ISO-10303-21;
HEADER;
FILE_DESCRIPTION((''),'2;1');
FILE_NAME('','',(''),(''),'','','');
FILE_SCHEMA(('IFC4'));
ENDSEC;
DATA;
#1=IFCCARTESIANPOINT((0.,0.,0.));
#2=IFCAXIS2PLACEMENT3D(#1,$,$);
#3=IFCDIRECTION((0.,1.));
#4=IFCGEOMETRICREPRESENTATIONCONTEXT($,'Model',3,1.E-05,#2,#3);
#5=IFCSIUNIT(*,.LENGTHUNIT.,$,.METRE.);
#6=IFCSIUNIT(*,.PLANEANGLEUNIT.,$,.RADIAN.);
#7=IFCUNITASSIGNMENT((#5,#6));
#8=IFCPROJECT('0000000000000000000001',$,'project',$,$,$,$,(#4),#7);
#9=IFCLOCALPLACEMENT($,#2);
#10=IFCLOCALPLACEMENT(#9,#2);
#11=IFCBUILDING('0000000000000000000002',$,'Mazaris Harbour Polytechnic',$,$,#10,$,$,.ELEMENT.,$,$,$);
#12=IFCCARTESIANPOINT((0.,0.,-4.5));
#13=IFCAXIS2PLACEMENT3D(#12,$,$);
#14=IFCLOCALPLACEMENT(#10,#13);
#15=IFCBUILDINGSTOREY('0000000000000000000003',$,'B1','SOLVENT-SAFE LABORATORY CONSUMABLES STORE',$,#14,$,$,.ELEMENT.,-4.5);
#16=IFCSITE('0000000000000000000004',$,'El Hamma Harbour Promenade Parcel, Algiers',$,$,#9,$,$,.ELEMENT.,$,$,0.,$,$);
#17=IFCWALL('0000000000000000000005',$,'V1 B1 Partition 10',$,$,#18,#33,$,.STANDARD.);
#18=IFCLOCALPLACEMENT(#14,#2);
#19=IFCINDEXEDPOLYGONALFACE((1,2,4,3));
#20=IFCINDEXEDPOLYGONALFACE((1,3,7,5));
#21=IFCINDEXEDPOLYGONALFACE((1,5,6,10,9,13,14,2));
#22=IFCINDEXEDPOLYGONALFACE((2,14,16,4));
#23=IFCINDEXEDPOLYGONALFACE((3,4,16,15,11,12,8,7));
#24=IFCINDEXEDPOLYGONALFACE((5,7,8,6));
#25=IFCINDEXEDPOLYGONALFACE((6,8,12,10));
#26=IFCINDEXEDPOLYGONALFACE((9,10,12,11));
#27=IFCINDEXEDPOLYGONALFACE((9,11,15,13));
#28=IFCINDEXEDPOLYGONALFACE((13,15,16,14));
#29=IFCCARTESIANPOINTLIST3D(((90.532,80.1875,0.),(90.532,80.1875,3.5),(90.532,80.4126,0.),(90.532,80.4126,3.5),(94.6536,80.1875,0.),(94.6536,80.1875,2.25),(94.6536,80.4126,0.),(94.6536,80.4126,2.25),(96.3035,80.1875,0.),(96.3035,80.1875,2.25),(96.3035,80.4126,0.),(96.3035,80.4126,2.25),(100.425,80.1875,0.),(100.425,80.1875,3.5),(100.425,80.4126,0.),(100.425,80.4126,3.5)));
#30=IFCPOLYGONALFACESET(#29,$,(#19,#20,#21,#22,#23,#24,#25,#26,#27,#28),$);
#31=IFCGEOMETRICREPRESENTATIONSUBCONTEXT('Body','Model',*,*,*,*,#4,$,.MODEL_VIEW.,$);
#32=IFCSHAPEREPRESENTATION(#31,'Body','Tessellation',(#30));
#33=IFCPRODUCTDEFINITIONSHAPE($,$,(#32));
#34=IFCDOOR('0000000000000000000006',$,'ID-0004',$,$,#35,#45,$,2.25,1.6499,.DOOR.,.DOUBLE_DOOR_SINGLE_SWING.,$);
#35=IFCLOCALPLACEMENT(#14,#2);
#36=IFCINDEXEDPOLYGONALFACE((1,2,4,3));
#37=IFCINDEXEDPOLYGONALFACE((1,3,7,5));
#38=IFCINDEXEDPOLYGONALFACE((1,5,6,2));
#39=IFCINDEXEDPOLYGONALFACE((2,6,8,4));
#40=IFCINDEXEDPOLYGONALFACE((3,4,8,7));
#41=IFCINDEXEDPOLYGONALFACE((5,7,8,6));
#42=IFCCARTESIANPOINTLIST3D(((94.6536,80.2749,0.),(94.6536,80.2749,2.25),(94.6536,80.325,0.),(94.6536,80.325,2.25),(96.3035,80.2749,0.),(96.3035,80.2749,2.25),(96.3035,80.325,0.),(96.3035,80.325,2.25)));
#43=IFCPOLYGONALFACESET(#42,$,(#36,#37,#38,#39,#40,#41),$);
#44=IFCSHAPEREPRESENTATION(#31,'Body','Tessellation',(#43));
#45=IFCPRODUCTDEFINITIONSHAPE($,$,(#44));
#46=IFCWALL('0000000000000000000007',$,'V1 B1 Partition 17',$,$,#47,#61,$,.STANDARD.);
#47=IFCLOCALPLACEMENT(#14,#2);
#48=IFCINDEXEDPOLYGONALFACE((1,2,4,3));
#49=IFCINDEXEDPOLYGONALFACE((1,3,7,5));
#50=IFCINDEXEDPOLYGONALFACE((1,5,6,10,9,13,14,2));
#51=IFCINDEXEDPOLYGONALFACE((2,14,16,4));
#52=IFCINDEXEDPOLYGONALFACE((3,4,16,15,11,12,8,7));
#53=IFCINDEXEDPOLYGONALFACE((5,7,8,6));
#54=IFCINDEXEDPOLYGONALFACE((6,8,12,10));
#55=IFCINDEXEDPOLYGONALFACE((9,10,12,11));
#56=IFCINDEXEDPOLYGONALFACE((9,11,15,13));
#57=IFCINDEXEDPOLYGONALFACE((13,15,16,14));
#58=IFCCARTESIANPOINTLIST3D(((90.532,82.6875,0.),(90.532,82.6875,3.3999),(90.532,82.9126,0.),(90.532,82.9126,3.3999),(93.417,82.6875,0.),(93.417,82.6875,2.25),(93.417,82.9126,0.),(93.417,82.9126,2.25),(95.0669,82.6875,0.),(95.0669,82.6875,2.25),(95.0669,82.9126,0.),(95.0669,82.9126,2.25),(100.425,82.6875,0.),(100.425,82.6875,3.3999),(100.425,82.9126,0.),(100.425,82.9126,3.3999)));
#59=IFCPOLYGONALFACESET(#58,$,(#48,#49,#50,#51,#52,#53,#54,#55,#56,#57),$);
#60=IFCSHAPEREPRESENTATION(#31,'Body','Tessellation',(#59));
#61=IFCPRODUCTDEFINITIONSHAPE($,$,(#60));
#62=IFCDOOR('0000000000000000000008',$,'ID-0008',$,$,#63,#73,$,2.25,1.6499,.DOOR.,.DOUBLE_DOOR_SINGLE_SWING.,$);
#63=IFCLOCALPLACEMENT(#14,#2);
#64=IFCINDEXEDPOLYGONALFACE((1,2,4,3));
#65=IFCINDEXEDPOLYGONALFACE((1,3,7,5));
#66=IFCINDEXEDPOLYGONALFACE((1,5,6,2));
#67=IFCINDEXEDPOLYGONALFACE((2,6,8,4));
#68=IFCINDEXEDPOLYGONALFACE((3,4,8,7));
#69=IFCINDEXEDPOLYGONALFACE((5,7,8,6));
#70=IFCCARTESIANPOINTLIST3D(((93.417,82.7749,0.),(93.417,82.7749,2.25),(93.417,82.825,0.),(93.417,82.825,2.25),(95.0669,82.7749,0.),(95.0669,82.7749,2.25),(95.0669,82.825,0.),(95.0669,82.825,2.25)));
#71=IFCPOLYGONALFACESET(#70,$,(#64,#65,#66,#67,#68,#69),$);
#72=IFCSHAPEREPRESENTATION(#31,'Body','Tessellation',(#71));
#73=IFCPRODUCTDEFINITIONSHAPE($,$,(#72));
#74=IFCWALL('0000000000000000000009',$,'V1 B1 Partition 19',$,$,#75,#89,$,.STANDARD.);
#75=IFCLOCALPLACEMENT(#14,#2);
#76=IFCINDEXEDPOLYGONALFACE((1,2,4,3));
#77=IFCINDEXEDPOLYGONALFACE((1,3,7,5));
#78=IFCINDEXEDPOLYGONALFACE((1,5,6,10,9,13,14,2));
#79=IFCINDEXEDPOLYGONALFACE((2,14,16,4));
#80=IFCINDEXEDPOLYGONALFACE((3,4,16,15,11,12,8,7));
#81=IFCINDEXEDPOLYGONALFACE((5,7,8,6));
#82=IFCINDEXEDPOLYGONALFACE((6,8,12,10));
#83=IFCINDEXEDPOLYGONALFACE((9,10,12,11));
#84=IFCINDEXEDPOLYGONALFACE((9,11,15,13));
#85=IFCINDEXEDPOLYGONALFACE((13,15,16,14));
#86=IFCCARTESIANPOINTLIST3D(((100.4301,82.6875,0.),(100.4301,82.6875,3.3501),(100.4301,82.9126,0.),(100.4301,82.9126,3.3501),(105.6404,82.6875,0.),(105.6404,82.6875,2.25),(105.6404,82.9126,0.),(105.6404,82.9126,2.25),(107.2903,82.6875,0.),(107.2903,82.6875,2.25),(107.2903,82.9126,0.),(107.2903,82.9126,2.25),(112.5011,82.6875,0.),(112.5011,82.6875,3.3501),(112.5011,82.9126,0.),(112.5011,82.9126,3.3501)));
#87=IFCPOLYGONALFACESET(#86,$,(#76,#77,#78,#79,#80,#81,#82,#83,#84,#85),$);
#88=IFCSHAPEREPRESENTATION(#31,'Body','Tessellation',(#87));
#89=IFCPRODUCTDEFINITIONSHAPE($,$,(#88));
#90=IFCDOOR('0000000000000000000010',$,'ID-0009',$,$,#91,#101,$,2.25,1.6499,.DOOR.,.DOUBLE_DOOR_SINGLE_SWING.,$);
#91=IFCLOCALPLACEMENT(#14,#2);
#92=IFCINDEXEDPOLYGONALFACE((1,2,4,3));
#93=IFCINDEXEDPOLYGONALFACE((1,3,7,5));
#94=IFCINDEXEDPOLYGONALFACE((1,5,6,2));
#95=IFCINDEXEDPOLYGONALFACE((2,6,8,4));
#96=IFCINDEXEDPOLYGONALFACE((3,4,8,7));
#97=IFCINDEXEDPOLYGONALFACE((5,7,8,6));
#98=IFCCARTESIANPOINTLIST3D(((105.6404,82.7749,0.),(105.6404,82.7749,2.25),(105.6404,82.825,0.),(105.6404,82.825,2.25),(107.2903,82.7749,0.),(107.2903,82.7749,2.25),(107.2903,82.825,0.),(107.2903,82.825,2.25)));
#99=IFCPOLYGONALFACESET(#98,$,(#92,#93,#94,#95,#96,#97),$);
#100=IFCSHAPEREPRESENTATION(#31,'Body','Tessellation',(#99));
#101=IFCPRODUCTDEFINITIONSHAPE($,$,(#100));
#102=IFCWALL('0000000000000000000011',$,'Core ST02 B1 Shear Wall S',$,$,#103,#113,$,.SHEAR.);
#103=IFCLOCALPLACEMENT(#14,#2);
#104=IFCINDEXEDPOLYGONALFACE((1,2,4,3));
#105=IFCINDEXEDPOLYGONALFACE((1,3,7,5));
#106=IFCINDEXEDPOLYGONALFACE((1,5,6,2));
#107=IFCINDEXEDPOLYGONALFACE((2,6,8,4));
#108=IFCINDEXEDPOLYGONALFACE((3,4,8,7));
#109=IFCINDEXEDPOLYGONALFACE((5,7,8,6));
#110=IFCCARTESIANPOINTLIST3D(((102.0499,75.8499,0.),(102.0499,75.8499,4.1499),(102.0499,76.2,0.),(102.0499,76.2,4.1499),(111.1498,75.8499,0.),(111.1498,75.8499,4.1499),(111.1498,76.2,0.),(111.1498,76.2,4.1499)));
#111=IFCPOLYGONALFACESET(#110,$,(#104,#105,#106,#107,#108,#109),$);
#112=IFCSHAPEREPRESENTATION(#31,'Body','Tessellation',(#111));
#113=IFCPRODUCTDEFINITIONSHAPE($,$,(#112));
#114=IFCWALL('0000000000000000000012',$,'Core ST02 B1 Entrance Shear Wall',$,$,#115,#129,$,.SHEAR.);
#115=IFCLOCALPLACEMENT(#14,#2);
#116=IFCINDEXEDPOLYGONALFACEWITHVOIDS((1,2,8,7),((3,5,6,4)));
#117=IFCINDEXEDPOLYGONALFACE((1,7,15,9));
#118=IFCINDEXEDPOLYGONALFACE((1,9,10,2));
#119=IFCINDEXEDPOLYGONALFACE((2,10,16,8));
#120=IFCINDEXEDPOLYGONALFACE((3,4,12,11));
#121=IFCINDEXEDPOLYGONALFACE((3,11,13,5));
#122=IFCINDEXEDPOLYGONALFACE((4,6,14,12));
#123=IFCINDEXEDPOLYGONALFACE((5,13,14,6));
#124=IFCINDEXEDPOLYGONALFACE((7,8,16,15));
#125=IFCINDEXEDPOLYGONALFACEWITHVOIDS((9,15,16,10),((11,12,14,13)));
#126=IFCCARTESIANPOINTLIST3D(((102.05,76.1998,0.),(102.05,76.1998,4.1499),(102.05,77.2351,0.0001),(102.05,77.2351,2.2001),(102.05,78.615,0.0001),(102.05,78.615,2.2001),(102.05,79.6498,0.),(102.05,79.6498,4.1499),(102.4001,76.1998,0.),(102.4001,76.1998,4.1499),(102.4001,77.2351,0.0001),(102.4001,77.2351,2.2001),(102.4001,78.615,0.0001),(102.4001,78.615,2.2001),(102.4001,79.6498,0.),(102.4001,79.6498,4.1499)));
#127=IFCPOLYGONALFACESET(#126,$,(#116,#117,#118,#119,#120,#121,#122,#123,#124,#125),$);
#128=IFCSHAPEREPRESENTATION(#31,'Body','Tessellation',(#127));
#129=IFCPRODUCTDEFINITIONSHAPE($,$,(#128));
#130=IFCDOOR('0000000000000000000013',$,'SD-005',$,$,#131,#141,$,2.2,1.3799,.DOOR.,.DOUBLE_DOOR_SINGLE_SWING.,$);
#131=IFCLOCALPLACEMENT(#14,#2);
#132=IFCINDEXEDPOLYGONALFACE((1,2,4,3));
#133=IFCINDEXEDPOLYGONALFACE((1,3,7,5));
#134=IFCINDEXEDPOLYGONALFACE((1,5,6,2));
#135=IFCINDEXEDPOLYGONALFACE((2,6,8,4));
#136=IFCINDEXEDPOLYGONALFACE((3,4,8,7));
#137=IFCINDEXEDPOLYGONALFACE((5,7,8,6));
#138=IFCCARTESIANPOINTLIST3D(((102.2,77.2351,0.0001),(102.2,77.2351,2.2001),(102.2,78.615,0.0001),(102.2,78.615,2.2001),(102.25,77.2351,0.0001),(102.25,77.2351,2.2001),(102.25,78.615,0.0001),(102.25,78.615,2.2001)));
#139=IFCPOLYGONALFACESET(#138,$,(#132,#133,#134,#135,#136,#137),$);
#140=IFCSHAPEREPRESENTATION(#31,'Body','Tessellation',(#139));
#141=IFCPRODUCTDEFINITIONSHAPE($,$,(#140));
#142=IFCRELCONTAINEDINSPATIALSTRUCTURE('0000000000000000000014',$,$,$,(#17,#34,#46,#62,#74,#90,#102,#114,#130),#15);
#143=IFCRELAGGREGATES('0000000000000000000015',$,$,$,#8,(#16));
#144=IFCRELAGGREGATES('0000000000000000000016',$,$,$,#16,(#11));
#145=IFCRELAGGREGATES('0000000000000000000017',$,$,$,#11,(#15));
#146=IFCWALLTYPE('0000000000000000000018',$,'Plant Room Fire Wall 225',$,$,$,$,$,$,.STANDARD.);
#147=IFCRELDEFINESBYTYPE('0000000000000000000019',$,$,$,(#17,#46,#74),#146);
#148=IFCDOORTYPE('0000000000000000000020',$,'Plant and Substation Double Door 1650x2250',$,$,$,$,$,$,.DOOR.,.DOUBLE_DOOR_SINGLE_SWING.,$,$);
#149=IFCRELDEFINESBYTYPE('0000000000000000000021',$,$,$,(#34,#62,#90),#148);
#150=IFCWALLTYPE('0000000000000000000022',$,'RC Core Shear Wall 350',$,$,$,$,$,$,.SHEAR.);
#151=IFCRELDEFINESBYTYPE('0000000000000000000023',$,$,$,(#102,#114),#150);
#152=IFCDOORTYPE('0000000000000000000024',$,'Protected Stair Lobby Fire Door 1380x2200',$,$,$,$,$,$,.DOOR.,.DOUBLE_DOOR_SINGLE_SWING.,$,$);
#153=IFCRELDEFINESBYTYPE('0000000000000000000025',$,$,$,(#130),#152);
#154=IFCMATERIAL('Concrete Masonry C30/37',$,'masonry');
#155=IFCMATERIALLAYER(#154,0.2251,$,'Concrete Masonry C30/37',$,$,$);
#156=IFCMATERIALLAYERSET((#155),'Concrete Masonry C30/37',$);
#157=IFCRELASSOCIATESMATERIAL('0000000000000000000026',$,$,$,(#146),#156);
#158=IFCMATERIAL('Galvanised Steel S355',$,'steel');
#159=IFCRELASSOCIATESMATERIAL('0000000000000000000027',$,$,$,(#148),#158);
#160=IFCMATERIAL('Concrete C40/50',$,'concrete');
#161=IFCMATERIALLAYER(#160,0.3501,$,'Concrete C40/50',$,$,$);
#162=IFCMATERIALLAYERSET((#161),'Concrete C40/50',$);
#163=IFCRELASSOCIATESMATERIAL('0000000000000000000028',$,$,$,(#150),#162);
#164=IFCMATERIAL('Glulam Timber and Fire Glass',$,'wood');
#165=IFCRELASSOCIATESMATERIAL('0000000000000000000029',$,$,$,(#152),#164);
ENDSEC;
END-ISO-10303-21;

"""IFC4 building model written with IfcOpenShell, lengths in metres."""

from ifc_helpers import new_model, si_unit, direction, frame, frame_2d, origin, place, context, subcontext, project, spatial, rectangle, extrude, material, layer, layer_set, type_object, element, fill, save


model = new_model("IFC4")

# Units and contexts
model_context = context("Model", 3, precision=1e-05, world=origin(), true_north=direction((0.0, 1.0)))
body_context = subcontext(model_context, "Body", "Model", "MODEL_VIEW")
ifc_project = project(units=[si_unit("LENGTHUNIT", "METRE"), si_unit("PLANEANGLEUNIT", "RADIAN")], contexts=[model_context])

# Site, building, storey
site_placement = place(None, origin())
site = spatial("IfcSite", under=ifc_project, at=site_placement, Name="El Hamma Harbour Promenade Parcel, Algiers", CompositionType="ELEMENT", RefElevation=0.0)
building_placement = place(site_placement, origin())
building = spatial("IfcBuilding", under=site, at=building_placement, Name="Mazaris Harbour Polytechnic", CompositionType="ELEMENT")
storey_placement = place(building_placement, frame((0.0, 0.0, -4.5)))
storey = spatial("IfcBuildingStorey", under=building, at=storey_placement, Name="B1", Description="SOLVENT-SAFE LABORATORY CONSUMABLES STORE", CompositionType="ELEMENT", Elevation=-4.5)

# Walls, openings, doors
ifc_material_1 = material(Name="Concrete Masonry C30/37", Category="masonry")
ifc_layer_1 = layer(ifc_material_1, 0.2251, Name="Concrete Masonry C30/37")
ifc_layer_set_1 = layer_set([ifc_layer_1], Name="Concrete Masonry C30/37")
wall_type_1 = type_object("IfcWallType", Name="Plant Room Fire Wall 225", PredefinedType="STANDARD", material=ifc_layer_set_1)
wall_1_placement = place(storey_placement, frame((90.532, 80.3, 0.0), z_axis=(0.0, 0.0, 1.0), x_axis=(1.0, 0.0, 0.0)))
wall_1 = element("IfcWall", 1, at=wall_1_placement, inside=storey, type_object=wall_type_1, Name="V1 B1 Partition 10", PredefinedType="STANDARD", context=body_context, shape_type="SweptSolid", body=[
    extrude(rectangle(XDim=9.8931, YDim=0.2251, at=frame_2d((4.9465, 0.0))), origin(), (0.0, 0.0, 1.0), 3.5),
])
opening_1_placement = place(wall_1_placement, frame((4.1216, 0.0, 0.0)))
opening_1 = element("IfcOpeningElement", 2, at=opening_1_placement, cuts=wall_1, PredefinedType="OPENING", context=body_context, shape_type="SweptSolid", body=[
    extrude(rectangle(XDim=1.6499, YDim=2.25, at=frame_2d((0.825, 1.125))), frame((0.0, 0.1226, 0.0), z_axis=(0.0, -1.0, 0.0), x_axis=(1.0, 0.0, 0.0)), (0.0, 0.0, 1.0), 0.2451),
])
ifc_material_2 = material(Name="Galvanised Steel S355", Category="steel")
door_type_1 = type_object("IfcDoorType", Name="Plant and Substation Double Door 1650x2250", OperationType="DOUBLE_DOOR_SINGLE_SWING", PredefinedType="DOOR", material=ifc_material_2)
door_1_placement = place(opening_1_placement, origin())
door_1 = element("IfcDoor", 3, at=door_1_placement, inside=storey, type_object=door_type_1, Name="ID-0004", OperationType="DOUBLE_DOOR_SINGLE_SWING", OverallHeight=2.25, OverallWidth=1.6499, PredefinedType="DOOR", context=body_context, shape_type="SweptSolid", body=[
    extrude(rectangle(XDim=1.6499, YDim=2.25, at=frame_2d((0.825, 1.125))), frame((0.0, 0.0249, 0.0), z_axis=(0.0, -1.0, 0.0), x_axis=(1.0, 0.0, 0.0)), (0.0, 0.0, 1.0), 0.05),
])
fill(opening_1, door_1)
wall_2_placement = place(storey_placement, frame((90.532, 82.8, 0.0), z_axis=(0.0, 0.0, 1.0), x_axis=(1.0, 0.0, 0.0)))
wall_2 = element("IfcWall", 4, at=wall_2_placement, inside=storey, type_object=wall_type_1, Name="V1 B1 Partition 17", PredefinedType="STANDARD", context=body_context, shape_type="SweptSolid", body=[
    extrude(rectangle(XDim=9.8931, YDim=0.2251, at=frame_2d((4.9465, 0.0))), origin(), (0.0, 0.0, 1.0), 3.3999),
])
opening_2_placement = place(wall_2_placement, frame((2.885, 0.0, 0.0)))
opening_2 = element("IfcOpeningElement", 5, at=opening_2_placement, cuts=wall_2, PredefinedType="OPENING", context=body_context, shape_type="SweptSolid", body=[
    extrude(rectangle(XDim=1.6499, YDim=2.25, at=frame_2d((0.825, 1.125))), frame((0.0, 0.1226, 0.0), z_axis=(0.0, -1.0, 0.0), x_axis=(1.0, 0.0, 0.0)), (0.0, 0.0, 1.0), 0.2451),
])
door_2_placement = place(opening_2_placement, origin())
door_2 = element("IfcDoor", 6, at=door_2_placement, inside=storey, type_object=door_type_1, Name="ID-0008", OperationType="DOUBLE_DOOR_SINGLE_SWING", OverallHeight=2.25, OverallWidth=1.6499, PredefinedType="DOOR", context=body_context, shape_type="SweptSolid", body=[
    extrude(rectangle(XDim=1.6499, YDim=2.25, at=frame_2d((0.825, 1.125))), frame((0.0, 0.0249, 0.0), z_axis=(0.0, -1.0, 0.0), x_axis=(1.0, 0.0, 0.0)), (0.0, 0.0, 1.0), 0.05),
])
fill(opening_2, door_2)
wall_3_placement = place(storey_placement, frame((100.4299, 82.8, 0.0), z_axis=(0.0, 0.0, 1.0), x_axis=(1.0, 0.0, 0.0)))
wall_3 = element("IfcWall", 7, at=wall_3_placement, inside=storey, type_object=wall_type_1, Name="V1 B1 Partition 19", PredefinedType="STANDARD", context=body_context, shape_type="SweptSolid", body=[
    extrude(rectangle(XDim=12.071, YDim=0.2251, at=frame_2d((6.0356, 0.0))), origin(), (0.0, 0.0, 1.0), 3.3501),
])
opening_3_placement = place(wall_3_placement, frame((5.2104, 0.0, 0.0)))
opening_3 = element("IfcOpeningElement", 8, at=opening_3_placement, cuts=wall_3, PredefinedType="OPENING", context=body_context, shape_type="SweptSolid", body=[
    extrude(rectangle(XDim=1.6499, YDim=2.25, at=frame_2d((0.825, 1.125))), frame((0.0, 0.1226, 0.0), z_axis=(0.0, -1.0, 0.0), x_axis=(1.0, 0.0, 0.0)), (0.0, 0.0, 1.0), 0.2451),
])
door_3_placement = place(opening_3_placement, origin())
door_3 = element("IfcDoor", 9, at=door_3_placement, inside=storey, type_object=door_type_1, Name="ID-0009", OperationType="DOUBLE_DOOR_SINGLE_SWING", OverallHeight=2.25, OverallWidth=1.6499, PredefinedType="DOOR", context=body_context, shape_type="SweptSolid", body=[
    extrude(rectangle(XDim=1.6499, YDim=2.25, at=frame_2d((0.825, 1.125))), frame((0.0, 0.0249, 0.0), z_axis=(0.0, -1.0, 0.0), x_axis=(1.0, 0.0, 0.0)), (0.0, 0.0, 1.0), 0.05),
])
fill(opening_3, door_3)

# Wall
ifc_material_3 = material(Name="Concrete C40/50", Category="concrete")
ifc_layer_2 = layer(ifc_material_3, 0.3501, Name="Concrete C40/50")
ifc_layer_set_2 = layer_set([ifc_layer_2], Name="Concrete C40/50")
wall_type_2 = type_object("IfcWallType", Name="RC Core Shear Wall 350", PredefinedType="SHEAR", material=ifc_layer_set_2)
wall_4_placement = place(storey_placement, frame((102.05, 76.0249, 0.0), z_axis=(0.0, 0.0, 1.0), x_axis=(1.0, 0.0, 0.0)))
element("IfcWall", 10, at=wall_4_placement, inside=storey, type_object=wall_type_2, Name="Core ST02 B1 Shear Wall S", PredefinedType="SHEAR", context=body_context, shape_type="SweptSolid", body=[
    extrude(rectangle(XDim=9.0999, YDim=0.3501, at=frame_2d((4.5498, 0.0))), origin(), (0.0, 0.0, 1.0), 4.1499),
])

# Wall, opening, door
wall_5_placement = place(storey_placement, frame((102.2251, 79.6499, 0.0), z_axis=(0.0, 0.0, 1.0), x_axis=(0.0, -1.0, 0.0)))
wall_5 = element("IfcWall", 11, at=wall_5_placement, inside=storey, type_object=wall_type_2, Name="Core ST02 B1 Entrance Shear Wall", PredefinedType="SHEAR", context=body_context, shape_type="SweptSolid", body=[
    extrude(rectangle(XDim=3.45, YDim=0.3501, at=frame_2d((1.7251, 0.0))), origin(), (0.0, 0.0, 1.0), 4.1499),
])
opening_4_placement = place(wall_5_placement, frame((1.0349, 0.0, 0.0)))
opening_4 = element("IfcOpeningElement", 12, at=opening_4_placement, cuts=wall_5, PredefinedType="OPENING", context=body_context, shape_type="SweptSolid", body=[
    extrude(rectangle(XDim=1.3799, YDim=2.2, at=frame_2d((0.6899, 1.1001))), frame((0.0, 0.1851, 0.0), z_axis=(0.0, -1.0, 0.0), x_axis=(1.0, 0.0, 0.0)), (0.0, 0.0, 1.0), 0.3701),
])
ifc_material_4 = material(Name="Glulam Timber and Fire Glass", Category="wood")
door_type_2 = type_object("IfcDoorType", Name="Protected Stair Lobby Fire Door 1380x2200", OperationType="DOUBLE_DOOR_SINGLE_SWING", PredefinedType="DOOR", material=ifc_material_4)
door_4_placement = place(opening_4_placement, origin())
door_4 = element("IfcDoor", 13, at=door_4_placement, inside=storey, type_object=door_type_2, Name="SD-005", OperationType="DOUBLE_DOOR_SINGLE_SWING", OverallHeight=2.2, OverallWidth=1.3799, PredefinedType="DOOR", context=body_context, shape_type="SweptSolid", body=[
    extrude(rectangle(XDim=1.3799, YDim=2.2, at=frame_2d((0.6899, 1.1001))), frame((0.0, 0.0249, 0.0), z_axis=(0.0, -1.0, 0.0), x_axis=(1.0, 0.0, 0.0)), (0.0, 0.0, 1.0), 0.05),
])
fill(opening_4, door_4)

save(model, "model.ifc")
